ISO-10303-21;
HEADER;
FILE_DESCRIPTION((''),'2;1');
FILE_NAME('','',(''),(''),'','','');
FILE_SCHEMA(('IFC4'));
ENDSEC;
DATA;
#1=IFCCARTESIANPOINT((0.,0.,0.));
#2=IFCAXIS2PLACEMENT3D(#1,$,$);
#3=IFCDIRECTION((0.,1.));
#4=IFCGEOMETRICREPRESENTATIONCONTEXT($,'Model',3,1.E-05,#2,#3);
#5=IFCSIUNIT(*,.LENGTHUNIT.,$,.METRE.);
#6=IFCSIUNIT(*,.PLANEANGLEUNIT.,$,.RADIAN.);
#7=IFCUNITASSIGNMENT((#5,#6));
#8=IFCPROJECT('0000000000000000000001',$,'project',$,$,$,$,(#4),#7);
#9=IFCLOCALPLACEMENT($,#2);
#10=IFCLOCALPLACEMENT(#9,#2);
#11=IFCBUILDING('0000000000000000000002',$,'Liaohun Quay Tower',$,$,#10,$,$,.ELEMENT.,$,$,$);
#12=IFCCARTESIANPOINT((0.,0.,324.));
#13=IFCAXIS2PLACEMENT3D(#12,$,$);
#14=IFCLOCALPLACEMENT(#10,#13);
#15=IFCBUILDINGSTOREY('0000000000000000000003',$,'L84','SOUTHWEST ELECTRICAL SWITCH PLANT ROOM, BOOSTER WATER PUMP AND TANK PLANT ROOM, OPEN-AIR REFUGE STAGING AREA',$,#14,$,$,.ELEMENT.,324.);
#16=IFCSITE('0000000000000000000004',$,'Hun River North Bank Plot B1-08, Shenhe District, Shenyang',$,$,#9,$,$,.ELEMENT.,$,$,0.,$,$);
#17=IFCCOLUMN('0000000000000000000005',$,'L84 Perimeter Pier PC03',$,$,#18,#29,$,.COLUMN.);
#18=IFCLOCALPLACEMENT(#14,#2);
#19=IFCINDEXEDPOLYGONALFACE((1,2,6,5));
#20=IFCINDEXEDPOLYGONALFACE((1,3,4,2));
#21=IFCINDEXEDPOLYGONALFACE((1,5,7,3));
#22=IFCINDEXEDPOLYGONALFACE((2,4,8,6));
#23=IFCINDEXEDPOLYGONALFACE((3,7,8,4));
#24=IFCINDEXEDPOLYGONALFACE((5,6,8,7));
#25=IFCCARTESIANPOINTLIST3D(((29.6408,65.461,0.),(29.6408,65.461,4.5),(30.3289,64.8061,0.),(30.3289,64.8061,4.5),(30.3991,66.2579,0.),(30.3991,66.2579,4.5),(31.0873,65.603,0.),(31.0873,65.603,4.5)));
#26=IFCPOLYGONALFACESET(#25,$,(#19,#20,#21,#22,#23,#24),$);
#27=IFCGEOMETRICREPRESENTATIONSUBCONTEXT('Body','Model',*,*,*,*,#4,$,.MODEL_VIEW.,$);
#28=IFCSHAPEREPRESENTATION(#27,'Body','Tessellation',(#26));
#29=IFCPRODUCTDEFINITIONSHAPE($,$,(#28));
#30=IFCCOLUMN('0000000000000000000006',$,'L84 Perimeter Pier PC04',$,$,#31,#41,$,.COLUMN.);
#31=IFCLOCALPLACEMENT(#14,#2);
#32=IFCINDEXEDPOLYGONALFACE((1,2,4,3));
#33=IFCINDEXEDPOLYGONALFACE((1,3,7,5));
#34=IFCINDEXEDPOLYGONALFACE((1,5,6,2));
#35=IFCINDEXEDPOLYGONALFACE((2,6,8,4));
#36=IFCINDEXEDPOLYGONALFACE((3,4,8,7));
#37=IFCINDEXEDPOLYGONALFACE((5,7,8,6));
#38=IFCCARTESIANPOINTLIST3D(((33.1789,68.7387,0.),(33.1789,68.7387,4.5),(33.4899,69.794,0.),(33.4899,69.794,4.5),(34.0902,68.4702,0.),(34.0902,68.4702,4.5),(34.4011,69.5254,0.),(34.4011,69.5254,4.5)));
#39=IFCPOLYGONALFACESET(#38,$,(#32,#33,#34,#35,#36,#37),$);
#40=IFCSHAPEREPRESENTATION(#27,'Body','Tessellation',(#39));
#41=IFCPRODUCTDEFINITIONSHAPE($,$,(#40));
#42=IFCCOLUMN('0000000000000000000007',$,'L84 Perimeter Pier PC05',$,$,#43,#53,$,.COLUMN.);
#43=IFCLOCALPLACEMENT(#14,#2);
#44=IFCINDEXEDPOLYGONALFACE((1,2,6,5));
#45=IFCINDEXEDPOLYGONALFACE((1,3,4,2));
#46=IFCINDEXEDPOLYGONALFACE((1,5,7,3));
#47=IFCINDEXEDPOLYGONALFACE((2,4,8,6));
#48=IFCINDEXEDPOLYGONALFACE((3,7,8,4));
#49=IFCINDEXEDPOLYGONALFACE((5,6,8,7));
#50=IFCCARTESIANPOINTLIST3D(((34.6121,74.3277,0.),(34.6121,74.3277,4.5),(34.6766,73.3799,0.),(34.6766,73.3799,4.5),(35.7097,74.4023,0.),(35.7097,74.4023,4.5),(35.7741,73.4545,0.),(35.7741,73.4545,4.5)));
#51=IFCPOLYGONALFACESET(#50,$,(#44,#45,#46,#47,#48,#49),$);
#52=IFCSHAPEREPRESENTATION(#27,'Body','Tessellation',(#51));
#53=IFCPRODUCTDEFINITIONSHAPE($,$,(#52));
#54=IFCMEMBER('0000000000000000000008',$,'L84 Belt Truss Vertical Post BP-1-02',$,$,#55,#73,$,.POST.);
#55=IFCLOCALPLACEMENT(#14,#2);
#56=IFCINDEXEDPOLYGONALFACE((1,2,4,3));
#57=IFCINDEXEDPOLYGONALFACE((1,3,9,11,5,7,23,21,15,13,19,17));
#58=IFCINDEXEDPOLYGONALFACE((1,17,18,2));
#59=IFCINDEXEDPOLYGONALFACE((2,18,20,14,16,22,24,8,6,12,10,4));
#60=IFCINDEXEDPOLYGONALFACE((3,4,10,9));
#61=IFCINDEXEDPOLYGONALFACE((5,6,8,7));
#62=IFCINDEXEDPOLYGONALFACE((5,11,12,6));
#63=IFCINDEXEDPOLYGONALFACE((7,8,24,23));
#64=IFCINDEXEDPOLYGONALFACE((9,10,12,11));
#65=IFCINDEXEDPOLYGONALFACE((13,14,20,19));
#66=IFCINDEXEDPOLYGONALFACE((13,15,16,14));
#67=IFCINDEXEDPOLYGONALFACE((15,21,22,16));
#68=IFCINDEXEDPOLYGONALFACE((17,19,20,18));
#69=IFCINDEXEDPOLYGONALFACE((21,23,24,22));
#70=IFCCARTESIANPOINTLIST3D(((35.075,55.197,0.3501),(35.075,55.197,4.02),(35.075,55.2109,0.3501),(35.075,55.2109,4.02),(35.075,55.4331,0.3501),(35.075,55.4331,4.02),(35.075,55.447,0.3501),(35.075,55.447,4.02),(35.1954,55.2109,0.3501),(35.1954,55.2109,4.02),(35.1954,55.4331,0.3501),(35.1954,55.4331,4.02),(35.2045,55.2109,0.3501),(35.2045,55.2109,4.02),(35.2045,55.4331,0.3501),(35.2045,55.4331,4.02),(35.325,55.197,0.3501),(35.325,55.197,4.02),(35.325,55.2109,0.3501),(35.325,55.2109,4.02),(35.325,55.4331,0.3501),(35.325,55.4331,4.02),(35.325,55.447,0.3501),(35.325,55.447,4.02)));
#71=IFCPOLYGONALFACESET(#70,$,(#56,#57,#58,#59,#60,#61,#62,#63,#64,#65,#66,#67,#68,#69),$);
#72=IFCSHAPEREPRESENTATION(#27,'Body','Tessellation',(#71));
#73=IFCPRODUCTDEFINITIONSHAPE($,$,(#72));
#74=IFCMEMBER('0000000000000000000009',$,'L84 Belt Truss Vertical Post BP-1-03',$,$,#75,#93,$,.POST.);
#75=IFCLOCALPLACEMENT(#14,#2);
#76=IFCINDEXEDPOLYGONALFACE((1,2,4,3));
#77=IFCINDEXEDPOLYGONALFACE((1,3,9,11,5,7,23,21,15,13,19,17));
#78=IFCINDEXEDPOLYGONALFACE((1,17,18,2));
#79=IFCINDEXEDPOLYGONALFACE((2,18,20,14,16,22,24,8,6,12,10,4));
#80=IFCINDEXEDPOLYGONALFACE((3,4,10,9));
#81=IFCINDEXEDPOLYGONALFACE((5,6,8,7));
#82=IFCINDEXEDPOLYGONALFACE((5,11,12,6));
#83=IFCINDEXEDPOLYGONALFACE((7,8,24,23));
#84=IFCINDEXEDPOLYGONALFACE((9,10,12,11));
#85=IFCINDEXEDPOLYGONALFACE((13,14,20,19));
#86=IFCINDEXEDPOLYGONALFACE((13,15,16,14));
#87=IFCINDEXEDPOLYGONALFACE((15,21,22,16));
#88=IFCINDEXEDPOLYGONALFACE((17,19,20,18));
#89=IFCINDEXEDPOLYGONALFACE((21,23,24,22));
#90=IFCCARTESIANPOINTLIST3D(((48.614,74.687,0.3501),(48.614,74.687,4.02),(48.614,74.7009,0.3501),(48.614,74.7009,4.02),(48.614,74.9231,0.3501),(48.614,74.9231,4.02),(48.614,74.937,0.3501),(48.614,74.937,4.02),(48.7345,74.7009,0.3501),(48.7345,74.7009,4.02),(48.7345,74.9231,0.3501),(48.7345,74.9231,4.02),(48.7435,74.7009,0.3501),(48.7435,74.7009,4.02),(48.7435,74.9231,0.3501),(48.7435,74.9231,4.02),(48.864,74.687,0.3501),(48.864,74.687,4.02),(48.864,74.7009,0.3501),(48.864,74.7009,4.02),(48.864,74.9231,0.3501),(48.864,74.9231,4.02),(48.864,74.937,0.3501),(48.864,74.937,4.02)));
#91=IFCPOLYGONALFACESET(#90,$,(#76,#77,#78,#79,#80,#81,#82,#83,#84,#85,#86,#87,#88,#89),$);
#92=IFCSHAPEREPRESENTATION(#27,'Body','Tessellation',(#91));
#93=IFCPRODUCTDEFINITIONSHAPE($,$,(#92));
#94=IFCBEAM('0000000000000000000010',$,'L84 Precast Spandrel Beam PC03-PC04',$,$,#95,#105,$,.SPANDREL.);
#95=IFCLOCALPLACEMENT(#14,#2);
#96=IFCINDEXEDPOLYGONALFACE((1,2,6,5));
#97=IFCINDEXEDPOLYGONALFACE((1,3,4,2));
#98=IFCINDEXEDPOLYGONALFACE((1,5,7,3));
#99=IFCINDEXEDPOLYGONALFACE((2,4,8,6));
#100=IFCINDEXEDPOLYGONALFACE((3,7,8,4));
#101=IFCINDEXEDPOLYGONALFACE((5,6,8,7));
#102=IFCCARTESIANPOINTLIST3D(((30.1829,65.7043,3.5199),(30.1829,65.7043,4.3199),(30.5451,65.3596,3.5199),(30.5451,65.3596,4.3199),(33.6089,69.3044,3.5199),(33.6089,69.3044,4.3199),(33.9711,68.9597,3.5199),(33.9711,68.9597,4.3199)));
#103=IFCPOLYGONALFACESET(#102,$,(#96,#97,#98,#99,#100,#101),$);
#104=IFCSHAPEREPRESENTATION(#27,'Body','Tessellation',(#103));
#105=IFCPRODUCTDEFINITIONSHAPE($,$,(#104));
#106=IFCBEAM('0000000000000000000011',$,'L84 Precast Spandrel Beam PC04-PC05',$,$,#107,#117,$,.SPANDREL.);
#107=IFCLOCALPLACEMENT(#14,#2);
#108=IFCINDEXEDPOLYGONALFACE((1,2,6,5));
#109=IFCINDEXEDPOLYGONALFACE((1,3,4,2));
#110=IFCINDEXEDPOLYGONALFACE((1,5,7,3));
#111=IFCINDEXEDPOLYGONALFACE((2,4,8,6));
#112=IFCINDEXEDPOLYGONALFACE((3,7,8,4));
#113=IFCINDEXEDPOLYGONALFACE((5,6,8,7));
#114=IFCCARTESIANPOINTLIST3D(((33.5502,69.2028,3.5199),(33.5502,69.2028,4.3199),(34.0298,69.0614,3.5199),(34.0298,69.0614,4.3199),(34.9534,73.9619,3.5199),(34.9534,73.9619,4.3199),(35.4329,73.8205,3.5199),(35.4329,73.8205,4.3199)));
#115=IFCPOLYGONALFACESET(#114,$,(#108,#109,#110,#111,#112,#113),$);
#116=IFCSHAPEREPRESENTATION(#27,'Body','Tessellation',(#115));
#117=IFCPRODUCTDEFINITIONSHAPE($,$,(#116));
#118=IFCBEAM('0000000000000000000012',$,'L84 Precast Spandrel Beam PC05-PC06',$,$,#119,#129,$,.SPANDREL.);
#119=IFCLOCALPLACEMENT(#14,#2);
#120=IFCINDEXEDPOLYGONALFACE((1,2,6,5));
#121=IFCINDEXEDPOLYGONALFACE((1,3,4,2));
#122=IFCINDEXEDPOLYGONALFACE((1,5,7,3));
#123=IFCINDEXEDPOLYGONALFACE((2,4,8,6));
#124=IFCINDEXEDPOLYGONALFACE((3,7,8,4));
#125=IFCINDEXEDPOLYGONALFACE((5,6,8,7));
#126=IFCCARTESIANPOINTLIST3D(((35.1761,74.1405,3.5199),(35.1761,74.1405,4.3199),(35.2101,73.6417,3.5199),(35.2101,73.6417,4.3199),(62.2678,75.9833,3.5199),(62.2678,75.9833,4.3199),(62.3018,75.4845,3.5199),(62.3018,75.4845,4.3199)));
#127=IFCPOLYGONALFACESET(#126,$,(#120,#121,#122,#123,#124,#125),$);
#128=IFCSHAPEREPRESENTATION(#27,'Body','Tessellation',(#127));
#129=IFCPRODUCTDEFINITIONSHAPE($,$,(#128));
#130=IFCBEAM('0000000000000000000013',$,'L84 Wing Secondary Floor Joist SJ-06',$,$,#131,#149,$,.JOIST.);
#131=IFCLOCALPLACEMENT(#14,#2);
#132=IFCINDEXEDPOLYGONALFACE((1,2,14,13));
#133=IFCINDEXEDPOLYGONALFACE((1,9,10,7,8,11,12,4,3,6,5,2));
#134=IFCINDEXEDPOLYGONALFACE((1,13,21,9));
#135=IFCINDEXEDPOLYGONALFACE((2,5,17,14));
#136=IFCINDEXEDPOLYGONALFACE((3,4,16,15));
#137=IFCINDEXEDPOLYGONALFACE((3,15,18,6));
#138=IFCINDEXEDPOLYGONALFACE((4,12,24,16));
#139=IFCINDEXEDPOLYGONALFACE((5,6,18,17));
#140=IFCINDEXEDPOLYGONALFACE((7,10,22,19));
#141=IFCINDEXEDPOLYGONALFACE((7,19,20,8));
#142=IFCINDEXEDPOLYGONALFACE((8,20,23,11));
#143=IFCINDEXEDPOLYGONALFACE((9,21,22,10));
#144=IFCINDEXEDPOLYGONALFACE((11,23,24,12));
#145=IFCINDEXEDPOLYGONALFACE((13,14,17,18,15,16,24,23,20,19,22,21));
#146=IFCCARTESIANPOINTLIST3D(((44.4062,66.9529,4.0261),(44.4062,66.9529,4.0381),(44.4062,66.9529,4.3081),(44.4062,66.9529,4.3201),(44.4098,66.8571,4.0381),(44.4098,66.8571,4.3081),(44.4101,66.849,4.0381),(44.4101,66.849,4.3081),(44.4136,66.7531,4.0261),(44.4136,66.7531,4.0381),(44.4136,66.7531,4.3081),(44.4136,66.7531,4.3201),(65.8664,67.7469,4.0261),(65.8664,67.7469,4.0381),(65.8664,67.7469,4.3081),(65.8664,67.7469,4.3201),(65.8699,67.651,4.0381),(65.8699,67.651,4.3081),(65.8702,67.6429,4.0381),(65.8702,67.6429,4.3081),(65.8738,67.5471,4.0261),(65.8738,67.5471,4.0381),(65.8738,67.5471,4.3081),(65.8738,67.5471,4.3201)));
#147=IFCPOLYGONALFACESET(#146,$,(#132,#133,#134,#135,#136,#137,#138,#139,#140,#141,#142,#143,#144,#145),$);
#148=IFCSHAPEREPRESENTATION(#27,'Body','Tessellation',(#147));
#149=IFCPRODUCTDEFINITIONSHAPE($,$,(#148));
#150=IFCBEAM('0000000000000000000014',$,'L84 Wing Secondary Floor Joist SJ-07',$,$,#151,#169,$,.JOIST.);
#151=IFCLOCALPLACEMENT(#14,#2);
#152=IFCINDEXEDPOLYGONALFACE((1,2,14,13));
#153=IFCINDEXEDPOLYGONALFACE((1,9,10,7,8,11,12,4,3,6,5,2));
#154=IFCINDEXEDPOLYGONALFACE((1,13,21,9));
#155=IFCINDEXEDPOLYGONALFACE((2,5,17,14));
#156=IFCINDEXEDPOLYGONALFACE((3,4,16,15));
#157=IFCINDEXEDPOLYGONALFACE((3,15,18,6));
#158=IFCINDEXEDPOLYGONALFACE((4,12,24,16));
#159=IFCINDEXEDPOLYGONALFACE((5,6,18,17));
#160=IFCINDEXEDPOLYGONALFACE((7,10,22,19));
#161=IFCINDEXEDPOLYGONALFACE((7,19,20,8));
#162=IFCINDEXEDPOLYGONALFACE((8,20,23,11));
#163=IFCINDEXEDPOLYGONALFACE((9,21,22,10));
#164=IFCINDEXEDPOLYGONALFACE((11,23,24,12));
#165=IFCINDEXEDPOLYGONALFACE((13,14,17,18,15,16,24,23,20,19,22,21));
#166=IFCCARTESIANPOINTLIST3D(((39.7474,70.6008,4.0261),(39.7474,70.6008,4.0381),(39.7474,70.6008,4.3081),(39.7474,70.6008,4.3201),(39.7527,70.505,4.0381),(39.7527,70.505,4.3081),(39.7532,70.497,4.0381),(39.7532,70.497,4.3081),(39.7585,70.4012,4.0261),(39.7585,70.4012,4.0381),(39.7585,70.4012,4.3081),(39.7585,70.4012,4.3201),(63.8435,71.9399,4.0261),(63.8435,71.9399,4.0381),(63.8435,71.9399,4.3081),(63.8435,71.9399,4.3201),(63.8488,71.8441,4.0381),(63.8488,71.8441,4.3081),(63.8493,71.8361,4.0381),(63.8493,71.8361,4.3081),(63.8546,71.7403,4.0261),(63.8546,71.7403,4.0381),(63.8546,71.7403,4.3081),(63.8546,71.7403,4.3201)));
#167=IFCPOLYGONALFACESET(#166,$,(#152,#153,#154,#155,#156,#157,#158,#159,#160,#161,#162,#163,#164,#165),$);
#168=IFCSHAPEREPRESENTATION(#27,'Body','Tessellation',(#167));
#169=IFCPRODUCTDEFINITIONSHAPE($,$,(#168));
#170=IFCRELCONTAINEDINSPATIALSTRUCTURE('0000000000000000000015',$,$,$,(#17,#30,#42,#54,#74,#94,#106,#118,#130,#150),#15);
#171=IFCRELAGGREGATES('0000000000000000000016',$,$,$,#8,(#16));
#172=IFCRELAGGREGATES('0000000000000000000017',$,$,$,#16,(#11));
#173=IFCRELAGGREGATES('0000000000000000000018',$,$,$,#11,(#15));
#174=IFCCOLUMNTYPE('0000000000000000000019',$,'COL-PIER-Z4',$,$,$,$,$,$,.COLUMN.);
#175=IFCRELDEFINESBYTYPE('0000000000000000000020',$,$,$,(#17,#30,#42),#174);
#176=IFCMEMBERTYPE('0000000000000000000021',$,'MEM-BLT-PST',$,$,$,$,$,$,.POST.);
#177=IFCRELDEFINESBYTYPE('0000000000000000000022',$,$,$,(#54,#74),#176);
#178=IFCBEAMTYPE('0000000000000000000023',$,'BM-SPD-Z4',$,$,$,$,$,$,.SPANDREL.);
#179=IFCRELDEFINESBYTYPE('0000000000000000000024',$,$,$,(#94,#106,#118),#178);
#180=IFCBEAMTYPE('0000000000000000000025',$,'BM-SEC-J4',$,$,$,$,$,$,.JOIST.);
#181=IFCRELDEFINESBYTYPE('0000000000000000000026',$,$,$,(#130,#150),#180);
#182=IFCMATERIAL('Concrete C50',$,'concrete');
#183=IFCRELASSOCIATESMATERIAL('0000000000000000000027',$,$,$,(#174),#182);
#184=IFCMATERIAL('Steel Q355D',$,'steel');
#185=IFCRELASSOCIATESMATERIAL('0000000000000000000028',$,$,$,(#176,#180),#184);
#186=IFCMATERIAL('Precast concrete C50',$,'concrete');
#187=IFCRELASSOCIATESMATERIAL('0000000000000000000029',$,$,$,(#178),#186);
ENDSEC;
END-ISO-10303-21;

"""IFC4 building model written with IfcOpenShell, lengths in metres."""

from ifc_helpers import new_model, si_unit, direction, frame, origin, origin_2d, place, context, subcontext, project, spatial, rectangle, i_section, extrude, source, transform, mapped, material, material_profile, profile_set, type_object, element, save


model = new_model("IFC4")

# Units and contexts
model_context = context("Model", 3, precision=1e-05, world=origin(), true_north=direction((0.0, 1.0)))
body_context = subcontext(model_context, "Body", "Model", "MODEL_VIEW")
ifc_project = project(units=[si_unit("LENGTHUNIT", "METRE"), si_unit("PLANEANGLEUNIT", "RADIAN")], contexts=[model_context])

# Site, building, storey
site_placement = place(None, origin())
site = spatial("IfcSite", under=ifc_project, at=site_placement, Name="Hun River North Bank Plot B1-08, Shenhe District, Shenyang", CompositionType="ELEMENT", RefElevation=0.0)
building_placement = place(site_placement, origin())
building = spatial("IfcBuilding", under=site, at=building_placement, Name="Liaohun Quay Tower", CompositionType="ELEMENT")
storey_placement = place(building_placement, frame((0.0, 0.0, 324.0)))
storey = spatial("IfcBuildingStorey", under=building, at=storey_placement, Name="L84", Description="SOUTHWEST ELECTRICAL SWITCH PLANT ROOM, BOOSTER WATER PUMP AND TANK PLANT ROOM, OPEN-AIR REFUGE STAGING AREA", CompositionType="ELEMENT", Elevation=324.0)

# Columns
ifc_material_1 = material(Name="Concrete C50", Category="concrete")
ifc_material_profile_1 = material_profile(ifc_material_1, rectangle(XDim=1.1001, YDim=0.95, at=origin_2d()), Name="RC1100x950")
ifc_profile_set_1 = profile_set([ifc_material_profile_1], Name="Concrete C50")
column_type = type_object("IfcColumnType", Name="COL-PIER-Z4", PredefinedType="COLUMN", material=ifc_profile_set_1)
shared_shape_1 = source(origin(), body_context, "Body", "SweptSolid", [
    extrude(rectangle(XDim=1.1001, YDim=0.95, at=origin_2d()), origin(), (0.0, 0.0, 1.0), 4.5),
])
for number, where, z_axis, x_axis, name in (
    (1, (30.364, 65.532, 0.0), (0.0, 0.0, 1.0), (0.689367, 0.724413, 0.0), "L84 Perimeter Pier PC03"),
    (2, (33.79, 69.1321, 0.0), (0.0, 0.0, 1.0), (0.282676, 0.959215, 0.0), "L84 Perimeter Pier PC04"),
    (3, (35.1931, 73.8911, 0.0), (0.0, 0.0, 1.0), (0.997696, 0.067841, 0.0), "L84 Perimeter Pier PC05"),
):
    element("IfcColumn", number, at=place(storey_placement, frame(where, z_axis=z_axis, x_axis=x_axis)), inside=storey, type_object=column_type, Name=name, PredefinedType="COLUMN", context=body_context, shape_type="MappedRepresentation", body=[
        mapped(shared_shape_1, transform((0.0, 0.0, 0.0), x_axis=(1.0, 0.0, 0.0), y_axis=(0.0, 1.0, 0.0), z_axis=(0.0, 0.0, 1.0), scale=1.0)),
    ])

# Members
ifc_material_2 = material(Name="Steel Q355D", Category="steel")
ifc_material_profile_2 = material_profile(ifc_material_2, i_section(OverallWidth=0.25, OverallDepth=0.25, WebThickness=0.009, FlangeThickness=0.0139, at=origin_2d()), Name="HW250x250x9x14")
ifc_profile_set_2 = profile_set([ifc_material_profile_2], Name="Steel Q355D")
member_type_1 = type_object("IfcMemberType", Name="MEM-BLT-PST", PredefinedType="POST", material=ifc_profile_set_2)
shared_shape_2 = source(origin(), body_context, "Body", "SweptSolid", [
    extrude(i_section(OverallWidth=0.25, OverallDepth=0.25, WebThickness=0.009, FlangeThickness=0.0139, at=origin_2d()), origin(), (0.0, 0.0, 1.0), 3.6699),
])
for number, where, z_axis, x_axis, name in (
    (4, (35.2, 55.322, 0.3501), (0.0, 0.0, 1.0), (1.0, 0.0, 0.0), "L84 Belt Truss Vertical Post BP-1-02"),
    (5, (48.739, 74.812, 0.3501), (0.0, 0.0, 1.0), (1.0, 0.0, 0.0), "L84 Belt Truss Vertical Post BP-1-03"),
):
    element("IfcMember", number, at=place(storey_placement, frame(where, z_axis=z_axis, x_axis=x_axis)), inside=storey, type_object=member_type_1, Name=name, PredefinedType="POST", context=body_context, shape_type="MappedRepresentation", body=[
        mapped(shared_shape_2, transform((0.0, 0.0, 0.0), x_axis=(1.0, 0.0, 0.0), y_axis=(0.0, 1.0, 0.0), z_axis=(0.0, 0.0, 1.0), scale=1.0)),
    ])

# Beams
ifc_material_3 = material(Name="Precast concrete C50", Category="concrete")
ifc_material_profile_3 = material_profile(ifc_material_3, rectangle(XDim=0.5, YDim=0.8, at=origin_2d()), Name="RC500x800")
ifc_profile_set_3 = profile_set([ifc_material_profile_3], Name="Precast concrete C50")
beam_type_1 = type_object("IfcBeamType", Name="BM-SPD-Z4", PredefinedType="SPANDREL", material=ifc_profile_set_3)
shared_shape_3 = source(origin(), body_context, "Body", "SweptSolid", [
    extrude(rectangle(XDim=0.5, YDim=0.8, at=origin_2d()), origin(), (0.0, 0.0, 1.0), 4.9697),
])
beam_1_placement = place(storey_placement, frame((30.364, 65.532, 3.9199), z_axis=(0.689377, 0.724403, 0.0), x_axis=(-0.724403, 0.689377, 0.0)))
element("IfcBeam", 6, at=beam_1_placement, inside=storey, type_object=beam_type_1, Name="L84 Precast Spandrel Beam PC03-PC04", PredefinedType="SPANDREL", context=body_context, shape_type="MappedRepresentation", body=[
    mapped(shared_shape_3, transform((0.0, 0.0, 0.0), x_axis=(1.0, 0.0, 0.0), y_axis=(0.0, 1.0, 0.0), z_axis=(0.0, 0.0, 1.0), scale=1.0)),
])
shared_shape_4 = source(origin(), body_context, "Body", "SweptSolid", [
    extrude(rectangle(XDim=0.5, YDim=0.8, at=origin_2d()), origin(), (0.0, 0.0, 1.0), 4.9617),
])
beam_2_placement = place(storey_placement, frame((33.79, 69.1321, 3.9199), z_axis=(0.28279, 0.959182, 0.0), x_axis=(-0.959182, 0.28279, 0.0)))
element("IfcBeam", 7, at=beam_2_placement, inside=storey, type_object=beam_type_1, Name="L84 Precast Spandrel Beam PC04-PC05", PredefinedType="SPANDREL", context=body_context, shape_type="MappedRepresentation", body=[
    mapped(shared_shape_4, transform((0.0, 0.0, 0.0), x_axis=(1.0, 0.0, 0.0), y_axis=(0.0, 1.0, 0.0), z_axis=(0.0, 0.0, 1.0), scale=1.0)),
])
shared_shape_5 = source(origin(), body_context, "Body", "SweptSolid", [
    extrude(rectangle(XDim=0.5, YDim=0.8, at=origin_2d()), origin(), (0.0, 0.0, 1.0), 27.1543),
])
beam_3_placement = place(storey_placement, frame((35.1931, 73.8911, 3.9199), z_axis=(0.997695, 0.067863, 0.0), x_axis=(-0.067863, 0.997695, 0.0)))
element("IfcBeam", 8, at=beam_3_placement, inside=storey, type_object=beam_type_1, Name="L84 Precast Spandrel Beam PC05-PC06", PredefinedType="SPANDREL", context=body_context, shape_type="MappedRepresentation", body=[
    mapped(shared_shape_5, transform((0.0, 0.0, 0.0), x_axis=(1.0, 0.0, 0.0), y_axis=(0.0, 1.0, 0.0), z_axis=(0.0, 0.0, 1.0), scale=1.0)),
])
ifc_material_profile_4 = material_profile(ifc_material_2, i_section(OverallWidth=0.2, OverallDepth=0.2939, WebThickness=0.0081, FlangeThickness=0.012, at=origin_2d()), Name="HM294x200x8x12")
ifc_profile_set_4 = profile_set([ifc_material_profile_4], Name="Steel Q355D")
beam_type_2 = type_object("IfcBeamType", Name="BM-SEC-J4", PredefinedType="JOIST", material=ifc_profile_set_4)
shared_shape_6 = source(origin(), body_context, "Body", "SweptSolid", [
    extrude(i_section(OverallWidth=0.2, OverallDepth=0.2939, WebThickness=0.0081, FlangeThickness=0.012, at=origin_2d()), origin(), (0.0, 0.0, 1.0), 21.4749),
])
beam_4_placement = place(storey_placement, frame((44.4099, 66.853, 4.1731), z_axis=(0.999316, 0.036971, 0.0), x_axis=(-0.036971, 0.999316, 0.0)))
element("IfcBeam", 9, at=beam_4_placement, inside=storey, type_object=beam_type_2, Name="L84 Wing Secondary Floor Joist SJ-06", PredefinedType="JOIST", context=body_context, shape_type="MappedRepresentation", body=[
    mapped(shared_shape_6, transform((0.0, 0.0, 0.0), x_axis=(1.0, 0.0, 0.0), y_axis=(0.0, 1.0, 0.0), z_axis=(0.0, 0.0, 1.0), scale=1.0)),
])
shared_shape_7 = source(origin(), body_context, "Body", "SweptSolid", [
    extrude(i_section(OverallWidth=0.2, OverallDepth=0.2939, WebThickness=0.0081, FlangeThickness=0.012, at=origin_2d()), origin(), (0.0, 0.0, 1.0), 24.1333),
])
beam_5_placement = place(storey_placement, frame((39.7529, 70.501, 4.1731), z_axis=(0.998459, 0.055488, 0.0), x_axis=(-0.055488, 0.998459, 0.0)))
element("IfcBeam", 10, at=beam_5_placement, inside=storey, type_object=beam_type_2, Name="L84 Wing Secondary Floor Joist SJ-07", PredefinedType="JOIST", context=body_context, shape_type="MappedRepresentation", body=[
    mapped(shared_shape_7, transform((0.0, 0.0, 0.0), x_axis=(1.0, 0.0, 0.0), y_axis=(0.0, 1.0, 0.0), z_axis=(0.0, 0.0, 1.0), scale=1.0)),
])

save(model, "model.ifc")
